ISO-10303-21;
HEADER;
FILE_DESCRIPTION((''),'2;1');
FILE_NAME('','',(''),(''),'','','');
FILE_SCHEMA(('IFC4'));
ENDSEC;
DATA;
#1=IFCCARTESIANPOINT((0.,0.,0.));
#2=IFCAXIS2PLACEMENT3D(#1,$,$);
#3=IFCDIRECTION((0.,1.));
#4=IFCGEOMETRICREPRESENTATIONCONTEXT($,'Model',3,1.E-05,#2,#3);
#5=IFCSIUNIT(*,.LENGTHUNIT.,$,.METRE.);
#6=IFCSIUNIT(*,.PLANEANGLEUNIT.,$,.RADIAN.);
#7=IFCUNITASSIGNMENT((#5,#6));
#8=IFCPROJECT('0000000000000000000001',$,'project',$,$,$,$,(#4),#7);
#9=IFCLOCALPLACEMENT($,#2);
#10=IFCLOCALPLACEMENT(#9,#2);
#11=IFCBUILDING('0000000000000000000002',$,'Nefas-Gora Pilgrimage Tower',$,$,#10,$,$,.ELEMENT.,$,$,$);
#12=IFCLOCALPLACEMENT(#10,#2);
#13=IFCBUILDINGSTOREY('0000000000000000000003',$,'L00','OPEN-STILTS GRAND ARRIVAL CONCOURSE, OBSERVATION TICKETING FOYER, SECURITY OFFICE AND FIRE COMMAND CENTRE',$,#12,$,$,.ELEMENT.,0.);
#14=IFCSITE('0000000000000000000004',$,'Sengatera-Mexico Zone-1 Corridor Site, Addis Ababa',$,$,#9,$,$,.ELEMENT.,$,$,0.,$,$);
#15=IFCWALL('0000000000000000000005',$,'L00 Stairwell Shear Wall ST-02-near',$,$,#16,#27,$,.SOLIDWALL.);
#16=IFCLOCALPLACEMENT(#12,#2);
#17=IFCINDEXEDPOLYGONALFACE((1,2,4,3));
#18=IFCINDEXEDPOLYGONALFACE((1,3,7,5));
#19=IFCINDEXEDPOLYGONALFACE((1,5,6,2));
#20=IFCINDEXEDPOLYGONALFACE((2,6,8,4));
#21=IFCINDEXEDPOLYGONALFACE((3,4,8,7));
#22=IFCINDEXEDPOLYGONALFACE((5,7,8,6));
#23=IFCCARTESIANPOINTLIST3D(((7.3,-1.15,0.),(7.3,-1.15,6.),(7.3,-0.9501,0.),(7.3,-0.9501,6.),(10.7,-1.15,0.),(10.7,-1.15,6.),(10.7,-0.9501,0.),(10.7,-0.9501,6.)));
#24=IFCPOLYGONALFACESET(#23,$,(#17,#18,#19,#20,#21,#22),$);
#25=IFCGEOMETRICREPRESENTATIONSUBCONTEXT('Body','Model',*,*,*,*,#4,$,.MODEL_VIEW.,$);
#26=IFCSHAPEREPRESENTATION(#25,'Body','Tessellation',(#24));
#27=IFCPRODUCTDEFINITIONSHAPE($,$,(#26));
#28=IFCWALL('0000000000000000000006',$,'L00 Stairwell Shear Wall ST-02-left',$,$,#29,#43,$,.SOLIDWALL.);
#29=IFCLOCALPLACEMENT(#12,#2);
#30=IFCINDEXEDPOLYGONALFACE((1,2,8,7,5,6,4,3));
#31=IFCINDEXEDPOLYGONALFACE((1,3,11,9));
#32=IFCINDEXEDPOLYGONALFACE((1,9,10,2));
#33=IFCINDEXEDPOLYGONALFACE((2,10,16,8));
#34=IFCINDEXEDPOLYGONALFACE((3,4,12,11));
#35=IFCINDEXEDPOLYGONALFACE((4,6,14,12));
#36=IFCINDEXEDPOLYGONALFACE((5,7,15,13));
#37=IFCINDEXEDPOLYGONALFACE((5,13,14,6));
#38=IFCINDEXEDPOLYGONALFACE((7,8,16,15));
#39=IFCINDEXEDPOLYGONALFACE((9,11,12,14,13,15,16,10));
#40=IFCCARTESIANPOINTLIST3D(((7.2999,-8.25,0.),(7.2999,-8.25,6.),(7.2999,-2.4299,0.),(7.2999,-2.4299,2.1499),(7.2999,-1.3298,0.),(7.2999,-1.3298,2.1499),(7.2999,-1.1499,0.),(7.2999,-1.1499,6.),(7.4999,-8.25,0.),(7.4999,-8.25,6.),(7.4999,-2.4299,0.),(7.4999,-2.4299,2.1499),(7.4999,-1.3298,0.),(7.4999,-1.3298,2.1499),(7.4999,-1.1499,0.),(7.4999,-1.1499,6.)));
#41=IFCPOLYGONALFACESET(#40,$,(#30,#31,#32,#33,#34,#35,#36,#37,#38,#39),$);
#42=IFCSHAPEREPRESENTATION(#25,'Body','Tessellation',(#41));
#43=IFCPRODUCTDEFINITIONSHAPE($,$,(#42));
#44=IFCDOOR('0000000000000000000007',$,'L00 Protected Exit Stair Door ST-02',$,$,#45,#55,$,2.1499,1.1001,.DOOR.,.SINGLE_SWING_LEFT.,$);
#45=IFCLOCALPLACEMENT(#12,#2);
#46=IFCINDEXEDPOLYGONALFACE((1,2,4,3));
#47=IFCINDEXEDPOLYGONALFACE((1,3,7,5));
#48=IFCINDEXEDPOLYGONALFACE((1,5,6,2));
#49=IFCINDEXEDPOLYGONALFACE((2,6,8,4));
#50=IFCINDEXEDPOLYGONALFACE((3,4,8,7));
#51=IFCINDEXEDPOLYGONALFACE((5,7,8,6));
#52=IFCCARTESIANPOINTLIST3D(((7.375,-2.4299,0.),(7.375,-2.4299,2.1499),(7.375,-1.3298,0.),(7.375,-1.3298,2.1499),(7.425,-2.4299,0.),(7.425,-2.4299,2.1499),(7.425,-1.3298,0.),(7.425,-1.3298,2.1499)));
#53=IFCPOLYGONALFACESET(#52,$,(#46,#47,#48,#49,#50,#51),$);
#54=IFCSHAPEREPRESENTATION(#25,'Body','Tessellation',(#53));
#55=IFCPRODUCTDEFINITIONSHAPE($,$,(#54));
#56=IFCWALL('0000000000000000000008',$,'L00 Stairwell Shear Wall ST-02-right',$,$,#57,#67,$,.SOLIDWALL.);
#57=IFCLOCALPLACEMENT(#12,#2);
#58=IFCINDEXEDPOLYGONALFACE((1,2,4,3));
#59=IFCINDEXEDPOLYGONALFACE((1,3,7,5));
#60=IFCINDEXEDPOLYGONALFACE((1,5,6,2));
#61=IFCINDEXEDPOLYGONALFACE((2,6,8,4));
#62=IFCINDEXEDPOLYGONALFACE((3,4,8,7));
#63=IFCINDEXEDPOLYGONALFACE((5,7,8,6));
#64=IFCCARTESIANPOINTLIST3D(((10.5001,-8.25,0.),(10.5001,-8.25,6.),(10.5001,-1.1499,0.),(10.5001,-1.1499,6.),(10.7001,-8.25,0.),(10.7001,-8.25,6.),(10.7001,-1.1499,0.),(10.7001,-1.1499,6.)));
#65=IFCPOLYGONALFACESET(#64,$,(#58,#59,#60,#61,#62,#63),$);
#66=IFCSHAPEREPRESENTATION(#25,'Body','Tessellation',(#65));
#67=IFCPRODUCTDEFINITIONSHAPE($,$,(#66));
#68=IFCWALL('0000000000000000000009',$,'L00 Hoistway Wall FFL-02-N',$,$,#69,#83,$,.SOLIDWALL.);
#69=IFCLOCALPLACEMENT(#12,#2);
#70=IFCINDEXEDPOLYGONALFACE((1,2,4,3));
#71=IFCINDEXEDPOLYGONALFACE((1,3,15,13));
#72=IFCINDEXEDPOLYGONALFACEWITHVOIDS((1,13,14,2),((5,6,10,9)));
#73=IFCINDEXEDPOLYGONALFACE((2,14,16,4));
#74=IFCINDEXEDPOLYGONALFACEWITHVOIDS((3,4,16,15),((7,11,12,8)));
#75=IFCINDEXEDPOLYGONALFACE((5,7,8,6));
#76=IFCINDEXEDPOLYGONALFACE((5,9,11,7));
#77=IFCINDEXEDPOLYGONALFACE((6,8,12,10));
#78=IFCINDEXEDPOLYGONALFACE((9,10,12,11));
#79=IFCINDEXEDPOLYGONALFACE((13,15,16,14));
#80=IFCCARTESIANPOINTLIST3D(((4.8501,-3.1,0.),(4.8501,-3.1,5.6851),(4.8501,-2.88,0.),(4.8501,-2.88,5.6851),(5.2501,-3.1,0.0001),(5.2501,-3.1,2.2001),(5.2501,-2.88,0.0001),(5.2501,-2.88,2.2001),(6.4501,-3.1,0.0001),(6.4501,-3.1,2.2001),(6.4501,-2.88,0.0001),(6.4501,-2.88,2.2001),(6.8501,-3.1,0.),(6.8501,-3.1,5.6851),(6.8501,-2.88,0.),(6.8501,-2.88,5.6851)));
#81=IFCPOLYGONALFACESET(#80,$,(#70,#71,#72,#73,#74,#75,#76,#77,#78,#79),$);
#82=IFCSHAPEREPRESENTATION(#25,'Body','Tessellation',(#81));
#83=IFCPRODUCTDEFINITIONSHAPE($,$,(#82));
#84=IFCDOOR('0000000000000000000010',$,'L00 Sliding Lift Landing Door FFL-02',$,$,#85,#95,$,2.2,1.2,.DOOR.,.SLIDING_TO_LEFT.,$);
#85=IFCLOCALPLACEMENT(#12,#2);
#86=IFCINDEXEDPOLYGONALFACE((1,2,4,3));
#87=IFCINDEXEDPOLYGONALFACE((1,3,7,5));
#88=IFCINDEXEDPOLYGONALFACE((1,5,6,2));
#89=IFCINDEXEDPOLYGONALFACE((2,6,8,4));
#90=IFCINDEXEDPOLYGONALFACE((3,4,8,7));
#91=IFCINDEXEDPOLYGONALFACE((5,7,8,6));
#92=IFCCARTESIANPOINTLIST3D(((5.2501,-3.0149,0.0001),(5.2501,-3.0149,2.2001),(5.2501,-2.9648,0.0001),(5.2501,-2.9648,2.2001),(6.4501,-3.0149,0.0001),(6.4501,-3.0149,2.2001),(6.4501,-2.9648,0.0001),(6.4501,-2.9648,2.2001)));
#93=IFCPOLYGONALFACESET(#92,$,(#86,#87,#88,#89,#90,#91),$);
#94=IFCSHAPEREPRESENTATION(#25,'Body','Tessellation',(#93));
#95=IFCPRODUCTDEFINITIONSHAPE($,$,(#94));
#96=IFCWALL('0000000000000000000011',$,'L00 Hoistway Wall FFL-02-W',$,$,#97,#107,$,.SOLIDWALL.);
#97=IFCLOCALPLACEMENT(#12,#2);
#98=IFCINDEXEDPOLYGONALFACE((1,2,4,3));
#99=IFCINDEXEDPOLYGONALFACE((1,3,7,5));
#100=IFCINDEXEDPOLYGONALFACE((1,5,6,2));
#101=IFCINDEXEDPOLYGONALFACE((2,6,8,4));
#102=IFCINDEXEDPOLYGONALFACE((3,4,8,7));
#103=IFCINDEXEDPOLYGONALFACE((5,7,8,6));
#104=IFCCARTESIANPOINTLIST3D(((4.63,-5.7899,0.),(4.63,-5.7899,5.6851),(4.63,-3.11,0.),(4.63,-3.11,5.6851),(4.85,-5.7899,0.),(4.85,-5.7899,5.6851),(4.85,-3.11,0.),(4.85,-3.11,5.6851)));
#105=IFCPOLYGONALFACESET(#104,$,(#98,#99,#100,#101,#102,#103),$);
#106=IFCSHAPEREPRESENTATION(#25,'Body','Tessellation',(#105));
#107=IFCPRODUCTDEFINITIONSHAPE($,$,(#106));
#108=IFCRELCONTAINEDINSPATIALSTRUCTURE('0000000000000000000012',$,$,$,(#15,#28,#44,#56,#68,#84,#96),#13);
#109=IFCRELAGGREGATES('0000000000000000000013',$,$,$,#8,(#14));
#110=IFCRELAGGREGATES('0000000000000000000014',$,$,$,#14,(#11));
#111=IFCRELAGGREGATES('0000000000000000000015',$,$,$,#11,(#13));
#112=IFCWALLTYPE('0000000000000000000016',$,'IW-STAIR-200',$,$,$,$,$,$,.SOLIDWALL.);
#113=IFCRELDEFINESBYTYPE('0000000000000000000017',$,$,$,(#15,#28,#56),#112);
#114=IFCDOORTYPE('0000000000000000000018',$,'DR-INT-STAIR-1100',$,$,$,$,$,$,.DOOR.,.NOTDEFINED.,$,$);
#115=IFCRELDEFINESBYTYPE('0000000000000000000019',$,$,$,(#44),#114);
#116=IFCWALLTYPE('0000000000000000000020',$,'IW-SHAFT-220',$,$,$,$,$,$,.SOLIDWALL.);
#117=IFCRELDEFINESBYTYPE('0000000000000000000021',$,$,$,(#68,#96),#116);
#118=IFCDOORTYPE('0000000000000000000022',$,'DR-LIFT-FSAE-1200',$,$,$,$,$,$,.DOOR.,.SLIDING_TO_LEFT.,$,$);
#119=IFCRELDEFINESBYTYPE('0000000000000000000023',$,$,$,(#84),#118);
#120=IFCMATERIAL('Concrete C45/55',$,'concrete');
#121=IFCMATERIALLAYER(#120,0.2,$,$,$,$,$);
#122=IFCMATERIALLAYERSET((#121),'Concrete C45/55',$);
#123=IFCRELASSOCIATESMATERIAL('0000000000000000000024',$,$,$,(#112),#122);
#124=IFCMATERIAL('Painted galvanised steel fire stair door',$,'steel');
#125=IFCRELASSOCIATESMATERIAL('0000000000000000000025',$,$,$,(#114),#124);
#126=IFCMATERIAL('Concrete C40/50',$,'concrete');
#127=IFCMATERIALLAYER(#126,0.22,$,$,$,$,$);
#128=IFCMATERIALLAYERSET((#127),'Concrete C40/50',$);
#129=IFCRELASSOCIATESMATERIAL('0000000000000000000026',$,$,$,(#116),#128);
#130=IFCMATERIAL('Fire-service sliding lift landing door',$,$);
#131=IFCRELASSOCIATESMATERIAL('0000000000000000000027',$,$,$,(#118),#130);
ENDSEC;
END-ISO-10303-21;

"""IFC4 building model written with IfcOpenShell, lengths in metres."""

from ifc_helpers import new_model, si_unit, direction, frame, frame_2d, origin, place, context, subcontext, project, spatial, rectangle, extrude, source, transform, mapped, material, layer, layer_set, type_object, element, fill, save


model = new_model("IFC4")

# Units and contexts
model_context = context("Model", 3, precision=1e-05, world=origin(), true_north=direction((0.0, 1.0)))
body_context = subcontext(model_context, "Body", "Model", "MODEL_VIEW")
ifc_project = project(units=[si_unit("LENGTHUNIT", "METRE"), si_unit("PLANEANGLEUNIT", "RADIAN")], contexts=[model_context])

# Site, building, storey
site_placement = place(None, origin())
site = spatial("IfcSite", under=ifc_project, at=site_placement, Name="Sengatera-Mexico Zone-1 Corridor Site, Addis Ababa", CompositionType="ELEMENT", RefElevation=0.0)
building_placement = place(site_placement, origin())
building = spatial("IfcBuilding", under=site, at=building_placement, Name="Nefas-Gora Pilgrimage Tower", CompositionType="ELEMENT")
storey_placement = place(building_placement, origin())
storey = spatial("IfcBuildingStorey", under=building, at=storey_placement, Name="L00", Description="OPEN-STILTS GRAND ARRIVAL CONCOURSE, OBSERVATION TICKETING FOYER, SECURITY OFFICE AND FIRE COMMAND CENTRE", CompositionType="ELEMENT", Elevation=0.0)

# Wall
ifc_material_1 = material(Name="Concrete C45/55", Category="concrete")
ifc_layer_1 = layer(ifc_material_1, 0.2)
ifc_layer_set_1 = layer_set([ifc_layer_1], Name="Concrete C45/55")
wall_type_1 = type_object("IfcWallType", Name="IW-STAIR-200", PredefinedType="SOLIDWALL", material=ifc_layer_set_1)
shared_shape_1 = source(origin(), body_context, "Body", "SweptSolid", [
    extrude(rectangle(XDim=3.3999, YDim=0.2, at=frame_2d((1.7, 0.0))), origin(), (0.0, 0.0, 1.0), 6.0),
])
wall_1_placement = place(storey_placement, frame((7.3, -1.05, 0.0), z_axis=(0.0, 0.0, 1.0), x_axis=(1.0, 0.0, 0.0)))
element("IfcWall", 1, at=wall_1_placement, inside=storey, type_object=wall_type_1, Name="L00 Stairwell Shear Wall ST-02-near", PredefinedType="SOLIDWALL", context=body_context, shape_type="MappedRepresentation", body=[
    mapped(shared_shape_1, transform((0.0, 0.0, 0.0), x_axis=(1.0, 0.0, 0.0), y_axis=(0.0, 1.0, 0.0), z_axis=(0.0, 0.0, 1.0), scale=1.0)),
])

# Wall, opening, door
shared_shape_2 = source(origin(), body_context, "Body", "SweptSolid", [
    extrude(rectangle(XDim=7.1001, YDim=0.2, at=frame_2d((3.55, 0.0))), origin(), (0.0, 0.0, 1.0), 6.0),
])
wall_2_placement = place(storey_placement, frame((7.3999, -1.1499, 0.0), z_axis=(0.0, 0.0, 1.0), x_axis=(0.0, -1.0, 0.0)))
wall_2 = element("IfcWall", 2, at=wall_2_placement, inside=storey, type_object=wall_type_1, Name="L00 Stairwell Shear Wall ST-02-left", PredefinedType="SOLIDWALL", context=body_context, shape_type="MappedRepresentation", body=[
    mapped(shared_shape_2, transform((0.0, 0.0, 0.0), x_axis=(1.0, 0.0, 0.0), y_axis=(0.0, 1.0, 0.0), z_axis=(0.0, 0.0, 1.0), scale=1.0)),
])
opening_1_placement = place(wall_2_placement, frame((0.1799, 0.0, 0.0)))
opening_1 = element("IfcOpeningElement", 3, at=opening_1_placement, cuts=wall_2, PredefinedType="OPENING", context=body_context, shape_type="SweptSolid", body=[
    extrude(rectangle(XDim=1.1001, YDim=2.1499, at=frame_2d((0.55, 1.075))), frame((0.0, 0.1099, 0.0), z_axis=(0.0, -1.0, 0.0), x_axis=(1.0, 0.0, 0.0)), (0.0, 0.0, 1.0), 0.22),
])
ifc_material_2 = material(Name="Painted galvanised steel fire stair door", Category="steel")
door_type_1 = type_object("IfcDoorType", Name="DR-INT-STAIR-1100", OperationType="NOTDEFINED", PredefinedType="DOOR", material=ifc_material_2)
shared_shape_3 = source(origin(), body_context, "Body", "SweptSolid", [
    extrude(rectangle(XDim=1.1001, YDim=2.1499, at=frame_2d((0.55, 1.075))), frame((0.0, 0.0249, 0.0), z_axis=(0.0, -1.0, 0.0), x_axis=(1.0, 0.0, 0.0)), (0.0, 0.0, 1.0), 0.05),
])
door_1_placement = place(opening_1_placement, frame((1.1001, 0.0, 0.0), z_axis=(0.0, 0.0, 1.0), x_axis=(-1.0, 0.0, 0.0)))
door_1 = element("IfcDoor", 4, at=door_1_placement, inside=storey, type_object=door_type_1, Name="L00 Protected Exit Stair Door ST-02", OperationType="SINGLE_SWING_LEFT", OverallHeight=2.1499, OverallWidth=1.1001, PredefinedType="DOOR", context=body_context, shape_type="MappedRepresentation", body=[
    mapped(shared_shape_3, transform((0.0, 0.0, 0.0), x_axis=(1.0, 0.0, 0.0), y_axis=(0.0, 1.0, 0.0), z_axis=(0.0, 0.0, 1.0), scale=1.0)),
])
fill(opening_1, door_1)

# Wall
wall_3_placement = place(storey_placement, frame((10.6001, -1.1499, 0.0), z_axis=(0.0, 0.0, 1.0), x_axis=(0.0, -1.0, 0.0)))
element("IfcWall", 5, at=wall_3_placement, inside=storey, type_object=wall_type_1, Name="L00 Stairwell Shear Wall ST-02-right", PredefinedType="SOLIDWALL", context=body_context, shape_type="MappedRepresentation", body=[
    mapped(shared_shape_2, transform((0.0, 0.0, 0.0), x_axis=(1.0, 0.0, 0.0), y_axis=(0.0, 1.0, 0.0), z_axis=(0.0, 0.0, 1.0), scale=1.0)),
])

# Wall, opening, door
ifc_material_3 = material(Name="Concrete C40/50", Category="concrete")
ifc_layer_2 = layer(ifc_material_3, 0.22)
ifc_layer_set_2 = layer_set([ifc_layer_2], Name="Concrete C40/50")
wall_type_2 = type_object("IfcWallType", Name="IW-SHAFT-220", PredefinedType="SOLIDWALL", material=ifc_layer_set_2)
shared_shape_4 = source(origin(), body_context, "Body", "SweptSolid", [
    extrude(rectangle(XDim=2.0, YDim=0.22, at=frame_2d((1.0, 0.0))), origin(), (0.0, 0.0, 1.0), 5.6851),
])
wall_4_placement = place(storey_placement, frame((6.8501, -2.99, 0.0), z_axis=(0.0, 0.0, 1.0), x_axis=(-1.0, 0.0, 0.0)))
wall_4 = element("IfcWall", 6, at=wall_4_placement, inside=storey, type_object=wall_type_2, Name="L00 Hoistway Wall FFL-02-N", PredefinedType="SOLIDWALL", context=body_context, shape_type="MappedRepresentation", body=[
    mapped(shared_shape_4, transform((0.0, 0.0, 0.0), x_axis=(1.0, 0.0, 0.0), y_axis=(0.0, 1.0, 0.0), z_axis=(0.0, 0.0, 1.0), scale=1.0)),
])
opening_2_placement = place(wall_4_placement, frame((0.3999, 0.0, 0.0)))
opening_2 = element("IfcOpeningElement", 7, at=opening_2_placement, cuts=wall_4, PredefinedType="OPENING", context=body_context, shape_type="SweptSolid", body=[
    extrude(rectangle(XDim=1.2, YDim=2.2, at=frame_2d((0.6001, 1.1001))), frame((0.0, 0.1199, 0.0), z_axis=(0.0, -1.0, 0.0), x_axis=(1.0, 0.0, 0.0)), (0.0, 0.0, 1.0), 0.24),
])
ifc_material_4 = material(Name="Fire-service sliding lift landing door")
door_type_2 = type_object("IfcDoorType", Name="DR-LIFT-FSAE-1200", OperationType="SLIDING_TO_LEFT", PredefinedType="DOOR", material=ifc_material_4)
shared_shape_5 = source(origin(), body_context, "Body", "SweptSolid", [
    extrude(rectangle(XDim=1.2, YDim=2.2, at=frame_2d((0.6001, 1.1001))), frame((0.0, 0.0249, 0.0), z_axis=(0.0, -1.0, 0.0), x_axis=(1.0, 0.0, 0.0)), (0.0, 0.0, 1.0), 0.05),
])
door_2_placement = place(opening_2_placement, origin())
door_2 = element("IfcDoor", 8, at=door_2_placement, inside=storey, type_object=door_type_2, Name="L00 Sliding Lift Landing Door FFL-02", OperationType="SLIDING_TO_LEFT", OverallHeight=2.2, OverallWidth=1.2, PredefinedType="DOOR", context=body_context, shape_type="MappedRepresentation", body=[
    mapped(shared_shape_5, transform((0.0, 0.0, 0.0), x_axis=(1.0, 0.0, 0.0), y_axis=(0.0, 1.0, 0.0), z_axis=(0.0, 0.0, 1.0), scale=1.0)),
])
fill(opening_2, door_2)

# Wall
shared_shape_6 = source(origin(), body_context, "Body", "SweptSolid", [
    extrude(rectangle(XDim=2.6799, YDim=0.22, at=frame_2d((1.3398, 0.0))), origin(), (0.0, 0.0, 1.0), 5.6851),
])
wall_5_placement = place(storey_placement, frame((4.74, -3.1101, 0.0), z_axis=(0.0, 0.0, 1.0), x_axis=(0.0, -1.0, 0.0)))
element("IfcWall", 9, at=wall_5_placement, inside=storey, type_object=wall_type_2, Name="L00 Hoistway Wall FFL-02-W", PredefinedType="SOLIDWALL", context=body_context, shape_type="MappedRepresentation", body=[
    mapped(shared_shape_6, transform((0.0, 0.0, 0.0), x_axis=(1.0, 0.0, 0.0), y_axis=(0.0, 1.0, 0.0), z_axis=(0.0, 0.0, 1.0), scale=1.0)),
])

save(model, "model.ifc")
